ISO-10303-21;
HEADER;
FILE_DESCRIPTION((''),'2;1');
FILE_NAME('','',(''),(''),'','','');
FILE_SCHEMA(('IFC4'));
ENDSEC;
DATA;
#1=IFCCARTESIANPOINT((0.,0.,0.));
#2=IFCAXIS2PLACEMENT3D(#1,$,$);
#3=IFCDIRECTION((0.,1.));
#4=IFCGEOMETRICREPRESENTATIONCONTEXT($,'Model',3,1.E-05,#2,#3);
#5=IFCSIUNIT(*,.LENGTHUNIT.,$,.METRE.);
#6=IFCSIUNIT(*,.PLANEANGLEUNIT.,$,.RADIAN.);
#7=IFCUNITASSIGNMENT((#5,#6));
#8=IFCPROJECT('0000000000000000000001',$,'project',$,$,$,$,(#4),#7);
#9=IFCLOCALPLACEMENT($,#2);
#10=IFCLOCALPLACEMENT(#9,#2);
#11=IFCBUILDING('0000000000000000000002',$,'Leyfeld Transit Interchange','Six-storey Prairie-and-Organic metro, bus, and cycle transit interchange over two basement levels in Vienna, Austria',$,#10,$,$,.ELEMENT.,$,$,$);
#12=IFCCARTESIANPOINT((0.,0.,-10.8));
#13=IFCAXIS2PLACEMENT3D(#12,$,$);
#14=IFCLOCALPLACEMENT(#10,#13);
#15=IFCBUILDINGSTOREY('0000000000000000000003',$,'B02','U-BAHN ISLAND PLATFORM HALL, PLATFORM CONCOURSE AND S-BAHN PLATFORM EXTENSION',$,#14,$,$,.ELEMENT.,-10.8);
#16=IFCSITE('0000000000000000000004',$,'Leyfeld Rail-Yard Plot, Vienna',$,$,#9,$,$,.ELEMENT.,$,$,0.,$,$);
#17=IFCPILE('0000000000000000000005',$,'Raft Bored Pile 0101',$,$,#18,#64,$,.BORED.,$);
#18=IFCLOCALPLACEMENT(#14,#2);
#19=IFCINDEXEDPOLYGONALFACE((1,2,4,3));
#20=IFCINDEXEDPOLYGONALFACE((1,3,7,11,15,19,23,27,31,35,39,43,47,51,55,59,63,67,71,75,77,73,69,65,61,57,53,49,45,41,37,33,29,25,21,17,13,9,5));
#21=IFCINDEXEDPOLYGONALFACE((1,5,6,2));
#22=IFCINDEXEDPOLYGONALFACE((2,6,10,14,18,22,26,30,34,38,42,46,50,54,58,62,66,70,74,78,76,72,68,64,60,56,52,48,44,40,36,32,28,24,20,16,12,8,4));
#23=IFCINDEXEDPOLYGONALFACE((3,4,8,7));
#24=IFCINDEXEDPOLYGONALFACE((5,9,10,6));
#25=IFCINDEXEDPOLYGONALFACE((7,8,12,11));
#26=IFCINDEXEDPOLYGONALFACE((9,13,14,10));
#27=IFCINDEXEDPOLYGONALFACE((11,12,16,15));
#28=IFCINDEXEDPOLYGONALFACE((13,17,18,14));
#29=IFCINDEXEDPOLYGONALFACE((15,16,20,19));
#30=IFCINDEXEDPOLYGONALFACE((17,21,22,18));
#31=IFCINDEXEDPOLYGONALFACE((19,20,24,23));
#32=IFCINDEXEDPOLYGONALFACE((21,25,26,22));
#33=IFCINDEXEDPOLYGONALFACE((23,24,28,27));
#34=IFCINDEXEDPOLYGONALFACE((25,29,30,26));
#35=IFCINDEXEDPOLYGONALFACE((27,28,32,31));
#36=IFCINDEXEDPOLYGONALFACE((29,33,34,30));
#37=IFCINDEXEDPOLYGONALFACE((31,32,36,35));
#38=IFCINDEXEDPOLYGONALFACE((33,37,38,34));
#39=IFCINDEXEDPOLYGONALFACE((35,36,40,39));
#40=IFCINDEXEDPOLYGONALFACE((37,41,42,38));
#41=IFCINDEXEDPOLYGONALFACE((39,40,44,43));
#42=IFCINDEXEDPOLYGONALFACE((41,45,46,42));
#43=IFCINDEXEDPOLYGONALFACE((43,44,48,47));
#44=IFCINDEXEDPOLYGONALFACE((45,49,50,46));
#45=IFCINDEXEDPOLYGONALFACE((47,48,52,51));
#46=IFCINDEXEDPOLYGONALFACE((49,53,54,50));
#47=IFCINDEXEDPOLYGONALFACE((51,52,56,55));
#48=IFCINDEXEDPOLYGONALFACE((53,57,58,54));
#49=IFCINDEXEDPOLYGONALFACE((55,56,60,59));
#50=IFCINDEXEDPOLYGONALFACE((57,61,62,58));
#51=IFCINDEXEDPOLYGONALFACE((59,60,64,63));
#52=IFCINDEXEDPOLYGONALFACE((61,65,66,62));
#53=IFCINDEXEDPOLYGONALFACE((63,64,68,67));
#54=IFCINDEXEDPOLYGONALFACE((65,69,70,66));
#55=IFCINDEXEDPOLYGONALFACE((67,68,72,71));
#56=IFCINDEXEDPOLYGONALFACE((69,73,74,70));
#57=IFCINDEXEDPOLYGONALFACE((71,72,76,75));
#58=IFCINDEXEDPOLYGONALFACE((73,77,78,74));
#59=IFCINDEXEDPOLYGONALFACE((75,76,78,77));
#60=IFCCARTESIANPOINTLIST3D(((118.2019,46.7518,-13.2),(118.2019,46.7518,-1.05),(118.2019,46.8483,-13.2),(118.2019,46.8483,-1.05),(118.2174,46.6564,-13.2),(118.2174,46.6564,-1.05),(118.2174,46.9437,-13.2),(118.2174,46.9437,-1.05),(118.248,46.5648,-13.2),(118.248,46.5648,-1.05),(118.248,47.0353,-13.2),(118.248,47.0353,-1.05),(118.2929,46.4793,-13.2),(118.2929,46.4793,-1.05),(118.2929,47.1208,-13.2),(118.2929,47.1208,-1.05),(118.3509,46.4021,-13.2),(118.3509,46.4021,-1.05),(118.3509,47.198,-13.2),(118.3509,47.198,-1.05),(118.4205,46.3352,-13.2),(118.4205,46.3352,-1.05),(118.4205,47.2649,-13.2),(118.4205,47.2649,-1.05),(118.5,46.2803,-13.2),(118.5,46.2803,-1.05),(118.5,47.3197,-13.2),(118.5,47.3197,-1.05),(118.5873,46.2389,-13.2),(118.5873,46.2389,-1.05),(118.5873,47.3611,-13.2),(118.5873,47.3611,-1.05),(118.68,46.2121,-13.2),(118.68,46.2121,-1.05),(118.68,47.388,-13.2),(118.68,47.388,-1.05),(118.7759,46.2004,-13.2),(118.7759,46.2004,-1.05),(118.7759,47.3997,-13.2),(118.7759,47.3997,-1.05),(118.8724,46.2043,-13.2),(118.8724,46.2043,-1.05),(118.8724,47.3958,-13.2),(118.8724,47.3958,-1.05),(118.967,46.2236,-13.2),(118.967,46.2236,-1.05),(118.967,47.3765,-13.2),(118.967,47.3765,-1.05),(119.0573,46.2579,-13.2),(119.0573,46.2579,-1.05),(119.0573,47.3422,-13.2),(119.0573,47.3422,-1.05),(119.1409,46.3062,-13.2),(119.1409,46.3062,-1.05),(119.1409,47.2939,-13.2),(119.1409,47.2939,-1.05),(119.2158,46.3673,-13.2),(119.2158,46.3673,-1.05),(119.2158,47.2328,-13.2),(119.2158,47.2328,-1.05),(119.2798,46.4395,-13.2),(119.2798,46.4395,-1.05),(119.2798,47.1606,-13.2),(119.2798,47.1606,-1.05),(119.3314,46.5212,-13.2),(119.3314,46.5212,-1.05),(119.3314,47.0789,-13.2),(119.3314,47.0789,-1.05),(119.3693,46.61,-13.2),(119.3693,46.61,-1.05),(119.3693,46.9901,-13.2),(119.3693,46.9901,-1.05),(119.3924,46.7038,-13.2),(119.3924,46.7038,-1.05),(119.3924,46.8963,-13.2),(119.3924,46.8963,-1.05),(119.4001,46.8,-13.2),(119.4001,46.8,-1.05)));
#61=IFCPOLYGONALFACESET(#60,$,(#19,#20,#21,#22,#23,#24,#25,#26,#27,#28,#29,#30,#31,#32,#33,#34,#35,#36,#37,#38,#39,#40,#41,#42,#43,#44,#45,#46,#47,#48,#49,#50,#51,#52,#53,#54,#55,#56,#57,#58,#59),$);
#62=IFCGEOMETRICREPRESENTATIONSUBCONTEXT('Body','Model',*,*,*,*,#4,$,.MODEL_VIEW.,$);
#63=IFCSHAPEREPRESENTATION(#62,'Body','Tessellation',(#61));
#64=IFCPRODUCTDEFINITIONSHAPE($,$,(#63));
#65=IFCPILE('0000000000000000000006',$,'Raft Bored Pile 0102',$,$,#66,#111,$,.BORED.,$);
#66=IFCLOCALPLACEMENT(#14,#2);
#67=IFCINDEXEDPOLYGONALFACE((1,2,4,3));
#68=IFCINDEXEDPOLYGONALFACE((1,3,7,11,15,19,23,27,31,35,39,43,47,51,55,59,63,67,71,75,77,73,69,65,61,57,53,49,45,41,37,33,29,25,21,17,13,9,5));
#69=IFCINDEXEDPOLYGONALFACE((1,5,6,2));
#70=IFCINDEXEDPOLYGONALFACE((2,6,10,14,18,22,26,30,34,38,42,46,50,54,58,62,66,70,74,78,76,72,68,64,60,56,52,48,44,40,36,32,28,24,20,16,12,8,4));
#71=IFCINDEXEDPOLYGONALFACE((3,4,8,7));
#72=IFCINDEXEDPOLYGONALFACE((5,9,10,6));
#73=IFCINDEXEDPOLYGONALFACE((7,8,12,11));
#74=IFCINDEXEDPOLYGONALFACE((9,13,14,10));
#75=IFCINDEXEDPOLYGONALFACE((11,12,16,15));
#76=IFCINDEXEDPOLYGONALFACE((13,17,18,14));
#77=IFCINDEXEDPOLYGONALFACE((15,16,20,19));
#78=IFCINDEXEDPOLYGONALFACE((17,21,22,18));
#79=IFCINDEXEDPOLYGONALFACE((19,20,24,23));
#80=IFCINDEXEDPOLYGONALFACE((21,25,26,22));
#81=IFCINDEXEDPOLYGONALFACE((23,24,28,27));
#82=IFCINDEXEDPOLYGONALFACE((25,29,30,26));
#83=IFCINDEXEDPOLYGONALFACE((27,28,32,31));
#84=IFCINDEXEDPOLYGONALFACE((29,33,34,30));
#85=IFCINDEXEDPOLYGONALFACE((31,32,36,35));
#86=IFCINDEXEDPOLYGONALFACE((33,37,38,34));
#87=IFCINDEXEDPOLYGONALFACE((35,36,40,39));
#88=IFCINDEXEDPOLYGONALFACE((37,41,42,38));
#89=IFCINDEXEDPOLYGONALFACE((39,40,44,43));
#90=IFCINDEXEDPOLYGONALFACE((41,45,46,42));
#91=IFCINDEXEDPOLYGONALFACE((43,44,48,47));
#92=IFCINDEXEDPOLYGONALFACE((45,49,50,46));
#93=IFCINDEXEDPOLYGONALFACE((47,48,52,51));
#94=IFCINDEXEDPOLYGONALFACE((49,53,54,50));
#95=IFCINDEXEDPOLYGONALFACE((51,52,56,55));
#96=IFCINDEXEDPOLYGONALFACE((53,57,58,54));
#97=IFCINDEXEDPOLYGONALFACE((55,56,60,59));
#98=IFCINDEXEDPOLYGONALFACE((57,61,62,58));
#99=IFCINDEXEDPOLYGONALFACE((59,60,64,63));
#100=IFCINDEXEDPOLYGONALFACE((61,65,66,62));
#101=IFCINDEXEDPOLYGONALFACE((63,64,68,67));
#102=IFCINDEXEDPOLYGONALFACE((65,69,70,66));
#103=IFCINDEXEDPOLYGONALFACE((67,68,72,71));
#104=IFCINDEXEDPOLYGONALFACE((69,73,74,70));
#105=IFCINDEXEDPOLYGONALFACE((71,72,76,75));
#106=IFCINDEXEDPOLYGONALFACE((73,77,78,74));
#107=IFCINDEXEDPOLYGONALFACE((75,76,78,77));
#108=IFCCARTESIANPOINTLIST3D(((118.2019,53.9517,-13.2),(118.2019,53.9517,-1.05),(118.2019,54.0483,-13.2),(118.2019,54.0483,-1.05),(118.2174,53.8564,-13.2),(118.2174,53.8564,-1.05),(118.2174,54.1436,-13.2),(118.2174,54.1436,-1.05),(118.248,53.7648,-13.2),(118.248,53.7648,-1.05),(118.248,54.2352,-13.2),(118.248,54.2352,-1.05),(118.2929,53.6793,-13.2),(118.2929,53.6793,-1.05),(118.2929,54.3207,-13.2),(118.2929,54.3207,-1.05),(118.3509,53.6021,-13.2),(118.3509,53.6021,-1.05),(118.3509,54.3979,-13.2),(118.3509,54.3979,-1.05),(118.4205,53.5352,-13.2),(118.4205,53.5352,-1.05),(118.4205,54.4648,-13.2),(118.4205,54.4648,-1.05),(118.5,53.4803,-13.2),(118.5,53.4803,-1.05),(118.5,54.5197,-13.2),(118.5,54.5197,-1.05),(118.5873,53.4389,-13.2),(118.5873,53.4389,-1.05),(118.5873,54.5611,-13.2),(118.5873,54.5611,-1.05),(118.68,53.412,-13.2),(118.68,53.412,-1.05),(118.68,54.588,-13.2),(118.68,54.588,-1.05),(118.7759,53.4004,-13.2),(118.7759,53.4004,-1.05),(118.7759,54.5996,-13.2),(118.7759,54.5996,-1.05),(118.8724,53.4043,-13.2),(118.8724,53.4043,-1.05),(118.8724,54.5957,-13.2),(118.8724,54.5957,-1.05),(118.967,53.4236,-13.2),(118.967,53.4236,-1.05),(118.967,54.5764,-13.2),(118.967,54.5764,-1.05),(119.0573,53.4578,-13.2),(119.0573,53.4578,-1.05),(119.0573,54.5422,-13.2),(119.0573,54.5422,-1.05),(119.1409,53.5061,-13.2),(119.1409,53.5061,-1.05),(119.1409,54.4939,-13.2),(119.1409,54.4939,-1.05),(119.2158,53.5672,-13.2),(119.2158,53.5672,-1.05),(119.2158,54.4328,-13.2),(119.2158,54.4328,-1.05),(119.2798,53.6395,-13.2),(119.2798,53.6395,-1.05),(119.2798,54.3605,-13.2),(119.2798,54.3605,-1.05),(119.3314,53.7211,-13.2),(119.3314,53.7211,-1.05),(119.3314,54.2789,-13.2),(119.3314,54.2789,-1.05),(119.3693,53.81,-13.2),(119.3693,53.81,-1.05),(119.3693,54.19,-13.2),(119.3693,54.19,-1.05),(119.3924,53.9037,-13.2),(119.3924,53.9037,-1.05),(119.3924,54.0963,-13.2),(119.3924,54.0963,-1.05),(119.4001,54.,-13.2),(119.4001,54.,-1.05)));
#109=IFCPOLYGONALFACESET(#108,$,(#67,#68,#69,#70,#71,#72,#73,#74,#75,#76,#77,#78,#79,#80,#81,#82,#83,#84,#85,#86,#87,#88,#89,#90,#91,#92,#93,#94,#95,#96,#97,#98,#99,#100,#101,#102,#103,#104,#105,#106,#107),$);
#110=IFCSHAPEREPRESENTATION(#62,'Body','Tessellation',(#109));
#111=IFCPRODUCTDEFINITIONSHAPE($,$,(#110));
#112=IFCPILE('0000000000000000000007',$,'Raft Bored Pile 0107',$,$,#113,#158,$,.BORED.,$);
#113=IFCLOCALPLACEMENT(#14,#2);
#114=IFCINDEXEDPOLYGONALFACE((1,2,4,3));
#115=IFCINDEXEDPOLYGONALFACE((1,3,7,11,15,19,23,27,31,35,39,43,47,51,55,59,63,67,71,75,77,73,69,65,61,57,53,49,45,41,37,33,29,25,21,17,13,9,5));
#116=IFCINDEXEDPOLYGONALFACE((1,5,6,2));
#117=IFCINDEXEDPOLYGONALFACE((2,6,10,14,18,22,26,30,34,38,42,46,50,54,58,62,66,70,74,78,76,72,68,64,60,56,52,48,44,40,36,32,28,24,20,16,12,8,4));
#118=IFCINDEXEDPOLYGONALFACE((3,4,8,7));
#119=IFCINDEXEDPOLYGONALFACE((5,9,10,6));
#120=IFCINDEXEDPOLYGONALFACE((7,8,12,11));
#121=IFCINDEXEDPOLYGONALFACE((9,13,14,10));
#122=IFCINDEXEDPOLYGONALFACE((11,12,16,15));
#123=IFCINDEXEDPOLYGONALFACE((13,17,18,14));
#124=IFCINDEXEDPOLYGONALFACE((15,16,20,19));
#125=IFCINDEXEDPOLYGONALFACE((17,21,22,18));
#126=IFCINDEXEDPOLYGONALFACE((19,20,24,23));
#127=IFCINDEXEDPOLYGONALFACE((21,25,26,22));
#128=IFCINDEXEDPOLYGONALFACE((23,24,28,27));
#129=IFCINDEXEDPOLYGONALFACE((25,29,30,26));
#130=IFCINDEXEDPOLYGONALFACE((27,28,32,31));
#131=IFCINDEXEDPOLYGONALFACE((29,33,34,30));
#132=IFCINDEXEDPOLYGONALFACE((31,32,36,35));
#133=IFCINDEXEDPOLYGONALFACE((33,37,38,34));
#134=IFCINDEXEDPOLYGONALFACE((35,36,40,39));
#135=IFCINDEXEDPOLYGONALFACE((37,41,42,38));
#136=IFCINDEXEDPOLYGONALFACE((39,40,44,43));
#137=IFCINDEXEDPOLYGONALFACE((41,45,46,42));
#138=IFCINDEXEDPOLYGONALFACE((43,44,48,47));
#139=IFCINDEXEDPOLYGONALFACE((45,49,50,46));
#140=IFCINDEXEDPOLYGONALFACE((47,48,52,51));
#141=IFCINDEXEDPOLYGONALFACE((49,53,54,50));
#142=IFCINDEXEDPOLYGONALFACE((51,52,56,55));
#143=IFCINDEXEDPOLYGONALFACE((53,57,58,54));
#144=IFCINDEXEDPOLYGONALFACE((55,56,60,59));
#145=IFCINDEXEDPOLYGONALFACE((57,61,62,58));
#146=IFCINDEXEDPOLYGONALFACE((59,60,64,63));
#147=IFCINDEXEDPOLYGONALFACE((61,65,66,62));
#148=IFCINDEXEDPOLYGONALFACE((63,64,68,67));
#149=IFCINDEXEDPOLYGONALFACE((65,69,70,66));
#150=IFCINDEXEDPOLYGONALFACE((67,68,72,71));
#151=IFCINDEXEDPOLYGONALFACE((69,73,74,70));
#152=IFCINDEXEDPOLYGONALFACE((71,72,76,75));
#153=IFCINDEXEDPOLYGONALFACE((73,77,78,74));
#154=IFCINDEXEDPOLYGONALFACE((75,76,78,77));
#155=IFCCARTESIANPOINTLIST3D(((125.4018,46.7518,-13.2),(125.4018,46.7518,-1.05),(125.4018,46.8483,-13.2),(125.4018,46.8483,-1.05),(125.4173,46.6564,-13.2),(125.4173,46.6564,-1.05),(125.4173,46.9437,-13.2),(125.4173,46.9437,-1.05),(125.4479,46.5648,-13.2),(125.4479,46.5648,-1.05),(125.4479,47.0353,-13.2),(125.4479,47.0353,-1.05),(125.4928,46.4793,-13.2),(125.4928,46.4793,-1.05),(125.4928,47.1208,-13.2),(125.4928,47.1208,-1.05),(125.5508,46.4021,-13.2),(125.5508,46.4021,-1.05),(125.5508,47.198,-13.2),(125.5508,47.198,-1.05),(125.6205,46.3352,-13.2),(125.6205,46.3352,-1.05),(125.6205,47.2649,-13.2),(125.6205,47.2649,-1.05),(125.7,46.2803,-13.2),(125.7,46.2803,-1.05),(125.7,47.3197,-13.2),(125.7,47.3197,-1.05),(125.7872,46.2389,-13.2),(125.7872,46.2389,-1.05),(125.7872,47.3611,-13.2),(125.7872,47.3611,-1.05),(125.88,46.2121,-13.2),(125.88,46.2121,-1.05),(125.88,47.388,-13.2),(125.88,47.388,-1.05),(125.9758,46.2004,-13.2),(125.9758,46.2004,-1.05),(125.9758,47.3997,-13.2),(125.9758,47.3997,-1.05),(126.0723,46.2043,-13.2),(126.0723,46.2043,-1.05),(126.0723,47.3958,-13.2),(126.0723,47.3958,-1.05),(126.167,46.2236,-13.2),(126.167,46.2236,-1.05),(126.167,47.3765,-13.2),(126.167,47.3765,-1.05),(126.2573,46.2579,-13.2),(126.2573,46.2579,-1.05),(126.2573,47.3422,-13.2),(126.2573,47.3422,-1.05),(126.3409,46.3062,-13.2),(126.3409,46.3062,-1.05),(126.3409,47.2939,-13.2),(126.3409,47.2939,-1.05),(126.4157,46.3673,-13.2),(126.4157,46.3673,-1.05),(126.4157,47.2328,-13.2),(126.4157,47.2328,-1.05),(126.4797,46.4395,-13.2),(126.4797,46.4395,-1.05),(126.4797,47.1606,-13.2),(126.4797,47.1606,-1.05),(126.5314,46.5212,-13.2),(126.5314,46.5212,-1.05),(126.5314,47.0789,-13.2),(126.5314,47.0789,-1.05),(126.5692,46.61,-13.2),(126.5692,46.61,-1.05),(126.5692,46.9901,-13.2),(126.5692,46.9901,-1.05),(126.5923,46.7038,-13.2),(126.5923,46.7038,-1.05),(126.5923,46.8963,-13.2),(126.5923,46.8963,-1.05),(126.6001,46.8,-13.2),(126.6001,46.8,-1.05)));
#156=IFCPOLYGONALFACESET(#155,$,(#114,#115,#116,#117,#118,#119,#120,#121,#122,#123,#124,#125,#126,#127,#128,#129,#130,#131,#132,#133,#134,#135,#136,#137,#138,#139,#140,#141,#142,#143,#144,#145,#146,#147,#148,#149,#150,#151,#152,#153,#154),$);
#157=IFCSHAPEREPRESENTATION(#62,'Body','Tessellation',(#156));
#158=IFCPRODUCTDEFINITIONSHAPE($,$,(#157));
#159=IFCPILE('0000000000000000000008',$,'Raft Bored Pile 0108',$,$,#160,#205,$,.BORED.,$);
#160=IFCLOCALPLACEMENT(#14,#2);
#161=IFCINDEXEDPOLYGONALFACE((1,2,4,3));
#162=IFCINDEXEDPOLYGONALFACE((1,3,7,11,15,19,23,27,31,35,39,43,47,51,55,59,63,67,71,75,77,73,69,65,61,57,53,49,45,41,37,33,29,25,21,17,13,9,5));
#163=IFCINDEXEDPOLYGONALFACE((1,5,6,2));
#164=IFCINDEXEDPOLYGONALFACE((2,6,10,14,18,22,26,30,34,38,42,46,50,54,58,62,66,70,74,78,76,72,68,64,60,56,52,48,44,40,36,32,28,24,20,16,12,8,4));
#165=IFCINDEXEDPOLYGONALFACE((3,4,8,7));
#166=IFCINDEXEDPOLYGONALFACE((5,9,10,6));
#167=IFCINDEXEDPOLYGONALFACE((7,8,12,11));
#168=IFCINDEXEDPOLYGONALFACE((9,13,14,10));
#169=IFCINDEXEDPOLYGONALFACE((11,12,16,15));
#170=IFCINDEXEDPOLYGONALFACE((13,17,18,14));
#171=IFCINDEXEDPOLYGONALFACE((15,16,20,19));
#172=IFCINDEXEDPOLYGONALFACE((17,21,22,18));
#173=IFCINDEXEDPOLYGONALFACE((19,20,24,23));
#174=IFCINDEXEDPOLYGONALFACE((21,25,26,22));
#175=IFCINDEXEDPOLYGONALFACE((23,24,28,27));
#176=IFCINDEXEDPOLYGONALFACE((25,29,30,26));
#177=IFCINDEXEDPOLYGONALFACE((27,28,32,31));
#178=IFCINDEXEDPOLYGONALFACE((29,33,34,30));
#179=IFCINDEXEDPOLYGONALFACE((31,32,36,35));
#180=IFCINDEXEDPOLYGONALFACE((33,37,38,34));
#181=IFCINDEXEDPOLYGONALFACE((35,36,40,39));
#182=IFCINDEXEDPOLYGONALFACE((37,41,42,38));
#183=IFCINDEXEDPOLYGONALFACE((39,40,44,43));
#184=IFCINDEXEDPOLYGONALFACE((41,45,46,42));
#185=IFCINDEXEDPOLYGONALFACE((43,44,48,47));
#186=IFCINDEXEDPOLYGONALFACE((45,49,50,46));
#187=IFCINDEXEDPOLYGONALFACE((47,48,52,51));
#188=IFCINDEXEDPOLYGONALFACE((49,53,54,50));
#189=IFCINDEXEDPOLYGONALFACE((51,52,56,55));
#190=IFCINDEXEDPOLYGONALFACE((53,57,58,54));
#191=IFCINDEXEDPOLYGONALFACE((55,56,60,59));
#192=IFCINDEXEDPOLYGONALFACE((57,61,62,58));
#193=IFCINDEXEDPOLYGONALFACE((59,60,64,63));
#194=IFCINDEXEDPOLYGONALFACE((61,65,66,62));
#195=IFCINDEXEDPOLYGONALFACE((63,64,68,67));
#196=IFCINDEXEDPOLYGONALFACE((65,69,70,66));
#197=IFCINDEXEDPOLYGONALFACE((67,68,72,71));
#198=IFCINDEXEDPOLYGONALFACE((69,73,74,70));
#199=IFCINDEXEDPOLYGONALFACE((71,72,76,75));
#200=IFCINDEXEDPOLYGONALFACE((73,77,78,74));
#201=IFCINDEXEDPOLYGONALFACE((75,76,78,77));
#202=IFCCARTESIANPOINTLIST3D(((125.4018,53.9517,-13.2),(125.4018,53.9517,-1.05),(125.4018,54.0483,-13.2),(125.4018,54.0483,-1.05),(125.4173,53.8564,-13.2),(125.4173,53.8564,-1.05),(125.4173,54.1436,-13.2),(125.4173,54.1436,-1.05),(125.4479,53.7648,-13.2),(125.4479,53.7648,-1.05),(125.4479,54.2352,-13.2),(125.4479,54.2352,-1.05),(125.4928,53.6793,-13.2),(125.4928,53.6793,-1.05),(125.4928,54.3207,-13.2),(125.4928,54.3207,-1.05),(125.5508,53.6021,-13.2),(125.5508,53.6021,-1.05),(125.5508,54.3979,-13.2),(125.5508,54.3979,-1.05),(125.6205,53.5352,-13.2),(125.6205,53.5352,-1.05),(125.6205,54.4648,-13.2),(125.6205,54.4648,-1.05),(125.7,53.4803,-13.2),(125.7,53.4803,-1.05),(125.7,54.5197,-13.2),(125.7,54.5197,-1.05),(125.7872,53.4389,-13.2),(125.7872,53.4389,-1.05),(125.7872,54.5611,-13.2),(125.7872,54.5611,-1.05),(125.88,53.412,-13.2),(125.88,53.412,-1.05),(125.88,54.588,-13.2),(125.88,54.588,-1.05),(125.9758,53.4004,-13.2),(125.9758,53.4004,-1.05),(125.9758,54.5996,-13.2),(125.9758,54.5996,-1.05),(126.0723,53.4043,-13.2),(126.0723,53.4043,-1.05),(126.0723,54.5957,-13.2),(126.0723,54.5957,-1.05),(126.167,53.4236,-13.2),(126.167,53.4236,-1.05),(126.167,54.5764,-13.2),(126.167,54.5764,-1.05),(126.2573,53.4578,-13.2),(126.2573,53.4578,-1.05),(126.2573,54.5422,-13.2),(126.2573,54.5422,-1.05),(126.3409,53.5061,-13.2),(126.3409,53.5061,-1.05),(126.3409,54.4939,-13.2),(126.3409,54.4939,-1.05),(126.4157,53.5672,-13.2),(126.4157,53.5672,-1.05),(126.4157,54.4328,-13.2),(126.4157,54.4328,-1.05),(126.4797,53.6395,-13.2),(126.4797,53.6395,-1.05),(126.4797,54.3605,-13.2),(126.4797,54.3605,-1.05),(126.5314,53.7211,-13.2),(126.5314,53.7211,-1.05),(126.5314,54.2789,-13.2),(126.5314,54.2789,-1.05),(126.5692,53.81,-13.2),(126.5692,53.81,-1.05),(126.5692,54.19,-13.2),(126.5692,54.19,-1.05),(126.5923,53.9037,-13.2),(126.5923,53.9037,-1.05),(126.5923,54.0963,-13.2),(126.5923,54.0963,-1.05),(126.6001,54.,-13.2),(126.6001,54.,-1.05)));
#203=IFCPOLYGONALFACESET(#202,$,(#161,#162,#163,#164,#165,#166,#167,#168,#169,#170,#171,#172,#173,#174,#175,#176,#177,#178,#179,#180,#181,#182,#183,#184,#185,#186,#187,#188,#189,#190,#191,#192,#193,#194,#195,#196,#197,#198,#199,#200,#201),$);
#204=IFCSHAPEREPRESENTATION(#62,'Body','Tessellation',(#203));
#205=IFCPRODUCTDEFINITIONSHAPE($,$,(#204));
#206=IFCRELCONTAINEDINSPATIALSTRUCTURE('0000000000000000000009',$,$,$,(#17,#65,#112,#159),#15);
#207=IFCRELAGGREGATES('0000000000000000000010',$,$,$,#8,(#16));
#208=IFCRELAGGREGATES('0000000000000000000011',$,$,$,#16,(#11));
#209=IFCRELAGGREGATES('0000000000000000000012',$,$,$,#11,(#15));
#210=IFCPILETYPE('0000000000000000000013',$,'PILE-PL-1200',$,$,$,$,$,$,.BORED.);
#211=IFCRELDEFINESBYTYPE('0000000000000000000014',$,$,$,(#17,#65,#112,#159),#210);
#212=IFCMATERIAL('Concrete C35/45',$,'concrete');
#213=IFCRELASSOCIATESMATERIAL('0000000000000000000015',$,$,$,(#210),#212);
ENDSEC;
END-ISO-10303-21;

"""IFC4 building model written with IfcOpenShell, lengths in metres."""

from ifc_helpers import new_model, si_unit, direction, frame, origin, origin_2d, place, context, subcontext, project, spatial, circle, extrude, material, material_profile, profile_set, type_object, element, save


model = new_model("IFC4")

# Units and contexts
model_context = context("Model", 3, precision=1e-05, world=origin(), true_north=direction((0.0, 1.0)))
body_context = subcontext(model_context, "Body", "Model", "MODEL_VIEW")
ifc_project = project(units=[si_unit("LENGTHUNIT", "METRE"), si_unit("PLANEANGLEUNIT", "RADIAN")], contexts=[model_context])

# Site, building, storey
site_placement = place(None, origin())
site = spatial("IfcSite", under=ifc_project, at=site_placement, Name="Leyfeld Rail-Yard Plot, Vienna", CompositionType="ELEMENT", RefElevation=0.0)
building_placement = place(site_placement, origin())
building = spatial("IfcBuilding", under=site, at=building_placement, Name="Leyfeld Transit Interchange", Description="Six-storey Prairie-and-Organic metro, bus, and cycle transit interchange over two basement levels in Vienna, Austria", CompositionType="ELEMENT")
storey_placement = place(building_placement, frame((0.0, 0.0, -10.8)))
storey = spatial("IfcBuildingStorey", under=building, at=storey_placement, Name="B02", Description="U-BAHN ISLAND PLATFORM HALL, PLATFORM CONCOURSE AND S-BAHN PLATFORM EXTENSION", CompositionType="ELEMENT", Elevation=-10.8)

# Piles
ifc_material_1 = material(Name="Concrete C35/45", Category="concrete")
ifc_material_profile_1 = material_profile(ifc_material_1, circle(Radius=0.6001, at=origin_2d()), Name="PILE D1200")
ifc_profile_set_1 = profile_set([ifc_material_profile_1], Name="Concrete C35/45")
pile_type = type_object("IfcPileType", Name="PILE-PL-1200", PredefinedType="BORED", material=ifc_profile_set_1)
for number, where, z_axis, x_axis, name in (
    (1, (118.8, 46.8, -1.05), (0.0, 0.0, -1.0), (1.0, 0.0, 0.0), "Raft Bored Pile 0101"),
    (2, (118.8, 54.0, -1.05), (0.0, 0.0, -1.0), (1.0, 0.0, 0.0), "Raft Bored Pile 0102"),
    (3, (126.0, 46.8, -1.05), (0.0, 0.0, -1.0), (1.0, 0.0, 0.0), "Raft Bored Pile 0107"),
    (4, (126.0, 54.0, -1.05), (0.0, 0.0, -1.0), (1.0, 0.0, 0.0), "Raft Bored Pile 0108"),
):
    element("IfcPile", number, at=place(storey_placement, frame(where, z_axis=z_axis, x_axis=x_axis)), inside=storey, type_object=pile_type, Name=name, PredefinedType="BORED", context=body_context, shape_type="SweptSolid", body=[
        extrude(circle(Radius=0.6001, at=origin_2d()), origin(), (0.0, 0.0, 1.0), 12.1499),
    ])

save(model, "model.ifc")
